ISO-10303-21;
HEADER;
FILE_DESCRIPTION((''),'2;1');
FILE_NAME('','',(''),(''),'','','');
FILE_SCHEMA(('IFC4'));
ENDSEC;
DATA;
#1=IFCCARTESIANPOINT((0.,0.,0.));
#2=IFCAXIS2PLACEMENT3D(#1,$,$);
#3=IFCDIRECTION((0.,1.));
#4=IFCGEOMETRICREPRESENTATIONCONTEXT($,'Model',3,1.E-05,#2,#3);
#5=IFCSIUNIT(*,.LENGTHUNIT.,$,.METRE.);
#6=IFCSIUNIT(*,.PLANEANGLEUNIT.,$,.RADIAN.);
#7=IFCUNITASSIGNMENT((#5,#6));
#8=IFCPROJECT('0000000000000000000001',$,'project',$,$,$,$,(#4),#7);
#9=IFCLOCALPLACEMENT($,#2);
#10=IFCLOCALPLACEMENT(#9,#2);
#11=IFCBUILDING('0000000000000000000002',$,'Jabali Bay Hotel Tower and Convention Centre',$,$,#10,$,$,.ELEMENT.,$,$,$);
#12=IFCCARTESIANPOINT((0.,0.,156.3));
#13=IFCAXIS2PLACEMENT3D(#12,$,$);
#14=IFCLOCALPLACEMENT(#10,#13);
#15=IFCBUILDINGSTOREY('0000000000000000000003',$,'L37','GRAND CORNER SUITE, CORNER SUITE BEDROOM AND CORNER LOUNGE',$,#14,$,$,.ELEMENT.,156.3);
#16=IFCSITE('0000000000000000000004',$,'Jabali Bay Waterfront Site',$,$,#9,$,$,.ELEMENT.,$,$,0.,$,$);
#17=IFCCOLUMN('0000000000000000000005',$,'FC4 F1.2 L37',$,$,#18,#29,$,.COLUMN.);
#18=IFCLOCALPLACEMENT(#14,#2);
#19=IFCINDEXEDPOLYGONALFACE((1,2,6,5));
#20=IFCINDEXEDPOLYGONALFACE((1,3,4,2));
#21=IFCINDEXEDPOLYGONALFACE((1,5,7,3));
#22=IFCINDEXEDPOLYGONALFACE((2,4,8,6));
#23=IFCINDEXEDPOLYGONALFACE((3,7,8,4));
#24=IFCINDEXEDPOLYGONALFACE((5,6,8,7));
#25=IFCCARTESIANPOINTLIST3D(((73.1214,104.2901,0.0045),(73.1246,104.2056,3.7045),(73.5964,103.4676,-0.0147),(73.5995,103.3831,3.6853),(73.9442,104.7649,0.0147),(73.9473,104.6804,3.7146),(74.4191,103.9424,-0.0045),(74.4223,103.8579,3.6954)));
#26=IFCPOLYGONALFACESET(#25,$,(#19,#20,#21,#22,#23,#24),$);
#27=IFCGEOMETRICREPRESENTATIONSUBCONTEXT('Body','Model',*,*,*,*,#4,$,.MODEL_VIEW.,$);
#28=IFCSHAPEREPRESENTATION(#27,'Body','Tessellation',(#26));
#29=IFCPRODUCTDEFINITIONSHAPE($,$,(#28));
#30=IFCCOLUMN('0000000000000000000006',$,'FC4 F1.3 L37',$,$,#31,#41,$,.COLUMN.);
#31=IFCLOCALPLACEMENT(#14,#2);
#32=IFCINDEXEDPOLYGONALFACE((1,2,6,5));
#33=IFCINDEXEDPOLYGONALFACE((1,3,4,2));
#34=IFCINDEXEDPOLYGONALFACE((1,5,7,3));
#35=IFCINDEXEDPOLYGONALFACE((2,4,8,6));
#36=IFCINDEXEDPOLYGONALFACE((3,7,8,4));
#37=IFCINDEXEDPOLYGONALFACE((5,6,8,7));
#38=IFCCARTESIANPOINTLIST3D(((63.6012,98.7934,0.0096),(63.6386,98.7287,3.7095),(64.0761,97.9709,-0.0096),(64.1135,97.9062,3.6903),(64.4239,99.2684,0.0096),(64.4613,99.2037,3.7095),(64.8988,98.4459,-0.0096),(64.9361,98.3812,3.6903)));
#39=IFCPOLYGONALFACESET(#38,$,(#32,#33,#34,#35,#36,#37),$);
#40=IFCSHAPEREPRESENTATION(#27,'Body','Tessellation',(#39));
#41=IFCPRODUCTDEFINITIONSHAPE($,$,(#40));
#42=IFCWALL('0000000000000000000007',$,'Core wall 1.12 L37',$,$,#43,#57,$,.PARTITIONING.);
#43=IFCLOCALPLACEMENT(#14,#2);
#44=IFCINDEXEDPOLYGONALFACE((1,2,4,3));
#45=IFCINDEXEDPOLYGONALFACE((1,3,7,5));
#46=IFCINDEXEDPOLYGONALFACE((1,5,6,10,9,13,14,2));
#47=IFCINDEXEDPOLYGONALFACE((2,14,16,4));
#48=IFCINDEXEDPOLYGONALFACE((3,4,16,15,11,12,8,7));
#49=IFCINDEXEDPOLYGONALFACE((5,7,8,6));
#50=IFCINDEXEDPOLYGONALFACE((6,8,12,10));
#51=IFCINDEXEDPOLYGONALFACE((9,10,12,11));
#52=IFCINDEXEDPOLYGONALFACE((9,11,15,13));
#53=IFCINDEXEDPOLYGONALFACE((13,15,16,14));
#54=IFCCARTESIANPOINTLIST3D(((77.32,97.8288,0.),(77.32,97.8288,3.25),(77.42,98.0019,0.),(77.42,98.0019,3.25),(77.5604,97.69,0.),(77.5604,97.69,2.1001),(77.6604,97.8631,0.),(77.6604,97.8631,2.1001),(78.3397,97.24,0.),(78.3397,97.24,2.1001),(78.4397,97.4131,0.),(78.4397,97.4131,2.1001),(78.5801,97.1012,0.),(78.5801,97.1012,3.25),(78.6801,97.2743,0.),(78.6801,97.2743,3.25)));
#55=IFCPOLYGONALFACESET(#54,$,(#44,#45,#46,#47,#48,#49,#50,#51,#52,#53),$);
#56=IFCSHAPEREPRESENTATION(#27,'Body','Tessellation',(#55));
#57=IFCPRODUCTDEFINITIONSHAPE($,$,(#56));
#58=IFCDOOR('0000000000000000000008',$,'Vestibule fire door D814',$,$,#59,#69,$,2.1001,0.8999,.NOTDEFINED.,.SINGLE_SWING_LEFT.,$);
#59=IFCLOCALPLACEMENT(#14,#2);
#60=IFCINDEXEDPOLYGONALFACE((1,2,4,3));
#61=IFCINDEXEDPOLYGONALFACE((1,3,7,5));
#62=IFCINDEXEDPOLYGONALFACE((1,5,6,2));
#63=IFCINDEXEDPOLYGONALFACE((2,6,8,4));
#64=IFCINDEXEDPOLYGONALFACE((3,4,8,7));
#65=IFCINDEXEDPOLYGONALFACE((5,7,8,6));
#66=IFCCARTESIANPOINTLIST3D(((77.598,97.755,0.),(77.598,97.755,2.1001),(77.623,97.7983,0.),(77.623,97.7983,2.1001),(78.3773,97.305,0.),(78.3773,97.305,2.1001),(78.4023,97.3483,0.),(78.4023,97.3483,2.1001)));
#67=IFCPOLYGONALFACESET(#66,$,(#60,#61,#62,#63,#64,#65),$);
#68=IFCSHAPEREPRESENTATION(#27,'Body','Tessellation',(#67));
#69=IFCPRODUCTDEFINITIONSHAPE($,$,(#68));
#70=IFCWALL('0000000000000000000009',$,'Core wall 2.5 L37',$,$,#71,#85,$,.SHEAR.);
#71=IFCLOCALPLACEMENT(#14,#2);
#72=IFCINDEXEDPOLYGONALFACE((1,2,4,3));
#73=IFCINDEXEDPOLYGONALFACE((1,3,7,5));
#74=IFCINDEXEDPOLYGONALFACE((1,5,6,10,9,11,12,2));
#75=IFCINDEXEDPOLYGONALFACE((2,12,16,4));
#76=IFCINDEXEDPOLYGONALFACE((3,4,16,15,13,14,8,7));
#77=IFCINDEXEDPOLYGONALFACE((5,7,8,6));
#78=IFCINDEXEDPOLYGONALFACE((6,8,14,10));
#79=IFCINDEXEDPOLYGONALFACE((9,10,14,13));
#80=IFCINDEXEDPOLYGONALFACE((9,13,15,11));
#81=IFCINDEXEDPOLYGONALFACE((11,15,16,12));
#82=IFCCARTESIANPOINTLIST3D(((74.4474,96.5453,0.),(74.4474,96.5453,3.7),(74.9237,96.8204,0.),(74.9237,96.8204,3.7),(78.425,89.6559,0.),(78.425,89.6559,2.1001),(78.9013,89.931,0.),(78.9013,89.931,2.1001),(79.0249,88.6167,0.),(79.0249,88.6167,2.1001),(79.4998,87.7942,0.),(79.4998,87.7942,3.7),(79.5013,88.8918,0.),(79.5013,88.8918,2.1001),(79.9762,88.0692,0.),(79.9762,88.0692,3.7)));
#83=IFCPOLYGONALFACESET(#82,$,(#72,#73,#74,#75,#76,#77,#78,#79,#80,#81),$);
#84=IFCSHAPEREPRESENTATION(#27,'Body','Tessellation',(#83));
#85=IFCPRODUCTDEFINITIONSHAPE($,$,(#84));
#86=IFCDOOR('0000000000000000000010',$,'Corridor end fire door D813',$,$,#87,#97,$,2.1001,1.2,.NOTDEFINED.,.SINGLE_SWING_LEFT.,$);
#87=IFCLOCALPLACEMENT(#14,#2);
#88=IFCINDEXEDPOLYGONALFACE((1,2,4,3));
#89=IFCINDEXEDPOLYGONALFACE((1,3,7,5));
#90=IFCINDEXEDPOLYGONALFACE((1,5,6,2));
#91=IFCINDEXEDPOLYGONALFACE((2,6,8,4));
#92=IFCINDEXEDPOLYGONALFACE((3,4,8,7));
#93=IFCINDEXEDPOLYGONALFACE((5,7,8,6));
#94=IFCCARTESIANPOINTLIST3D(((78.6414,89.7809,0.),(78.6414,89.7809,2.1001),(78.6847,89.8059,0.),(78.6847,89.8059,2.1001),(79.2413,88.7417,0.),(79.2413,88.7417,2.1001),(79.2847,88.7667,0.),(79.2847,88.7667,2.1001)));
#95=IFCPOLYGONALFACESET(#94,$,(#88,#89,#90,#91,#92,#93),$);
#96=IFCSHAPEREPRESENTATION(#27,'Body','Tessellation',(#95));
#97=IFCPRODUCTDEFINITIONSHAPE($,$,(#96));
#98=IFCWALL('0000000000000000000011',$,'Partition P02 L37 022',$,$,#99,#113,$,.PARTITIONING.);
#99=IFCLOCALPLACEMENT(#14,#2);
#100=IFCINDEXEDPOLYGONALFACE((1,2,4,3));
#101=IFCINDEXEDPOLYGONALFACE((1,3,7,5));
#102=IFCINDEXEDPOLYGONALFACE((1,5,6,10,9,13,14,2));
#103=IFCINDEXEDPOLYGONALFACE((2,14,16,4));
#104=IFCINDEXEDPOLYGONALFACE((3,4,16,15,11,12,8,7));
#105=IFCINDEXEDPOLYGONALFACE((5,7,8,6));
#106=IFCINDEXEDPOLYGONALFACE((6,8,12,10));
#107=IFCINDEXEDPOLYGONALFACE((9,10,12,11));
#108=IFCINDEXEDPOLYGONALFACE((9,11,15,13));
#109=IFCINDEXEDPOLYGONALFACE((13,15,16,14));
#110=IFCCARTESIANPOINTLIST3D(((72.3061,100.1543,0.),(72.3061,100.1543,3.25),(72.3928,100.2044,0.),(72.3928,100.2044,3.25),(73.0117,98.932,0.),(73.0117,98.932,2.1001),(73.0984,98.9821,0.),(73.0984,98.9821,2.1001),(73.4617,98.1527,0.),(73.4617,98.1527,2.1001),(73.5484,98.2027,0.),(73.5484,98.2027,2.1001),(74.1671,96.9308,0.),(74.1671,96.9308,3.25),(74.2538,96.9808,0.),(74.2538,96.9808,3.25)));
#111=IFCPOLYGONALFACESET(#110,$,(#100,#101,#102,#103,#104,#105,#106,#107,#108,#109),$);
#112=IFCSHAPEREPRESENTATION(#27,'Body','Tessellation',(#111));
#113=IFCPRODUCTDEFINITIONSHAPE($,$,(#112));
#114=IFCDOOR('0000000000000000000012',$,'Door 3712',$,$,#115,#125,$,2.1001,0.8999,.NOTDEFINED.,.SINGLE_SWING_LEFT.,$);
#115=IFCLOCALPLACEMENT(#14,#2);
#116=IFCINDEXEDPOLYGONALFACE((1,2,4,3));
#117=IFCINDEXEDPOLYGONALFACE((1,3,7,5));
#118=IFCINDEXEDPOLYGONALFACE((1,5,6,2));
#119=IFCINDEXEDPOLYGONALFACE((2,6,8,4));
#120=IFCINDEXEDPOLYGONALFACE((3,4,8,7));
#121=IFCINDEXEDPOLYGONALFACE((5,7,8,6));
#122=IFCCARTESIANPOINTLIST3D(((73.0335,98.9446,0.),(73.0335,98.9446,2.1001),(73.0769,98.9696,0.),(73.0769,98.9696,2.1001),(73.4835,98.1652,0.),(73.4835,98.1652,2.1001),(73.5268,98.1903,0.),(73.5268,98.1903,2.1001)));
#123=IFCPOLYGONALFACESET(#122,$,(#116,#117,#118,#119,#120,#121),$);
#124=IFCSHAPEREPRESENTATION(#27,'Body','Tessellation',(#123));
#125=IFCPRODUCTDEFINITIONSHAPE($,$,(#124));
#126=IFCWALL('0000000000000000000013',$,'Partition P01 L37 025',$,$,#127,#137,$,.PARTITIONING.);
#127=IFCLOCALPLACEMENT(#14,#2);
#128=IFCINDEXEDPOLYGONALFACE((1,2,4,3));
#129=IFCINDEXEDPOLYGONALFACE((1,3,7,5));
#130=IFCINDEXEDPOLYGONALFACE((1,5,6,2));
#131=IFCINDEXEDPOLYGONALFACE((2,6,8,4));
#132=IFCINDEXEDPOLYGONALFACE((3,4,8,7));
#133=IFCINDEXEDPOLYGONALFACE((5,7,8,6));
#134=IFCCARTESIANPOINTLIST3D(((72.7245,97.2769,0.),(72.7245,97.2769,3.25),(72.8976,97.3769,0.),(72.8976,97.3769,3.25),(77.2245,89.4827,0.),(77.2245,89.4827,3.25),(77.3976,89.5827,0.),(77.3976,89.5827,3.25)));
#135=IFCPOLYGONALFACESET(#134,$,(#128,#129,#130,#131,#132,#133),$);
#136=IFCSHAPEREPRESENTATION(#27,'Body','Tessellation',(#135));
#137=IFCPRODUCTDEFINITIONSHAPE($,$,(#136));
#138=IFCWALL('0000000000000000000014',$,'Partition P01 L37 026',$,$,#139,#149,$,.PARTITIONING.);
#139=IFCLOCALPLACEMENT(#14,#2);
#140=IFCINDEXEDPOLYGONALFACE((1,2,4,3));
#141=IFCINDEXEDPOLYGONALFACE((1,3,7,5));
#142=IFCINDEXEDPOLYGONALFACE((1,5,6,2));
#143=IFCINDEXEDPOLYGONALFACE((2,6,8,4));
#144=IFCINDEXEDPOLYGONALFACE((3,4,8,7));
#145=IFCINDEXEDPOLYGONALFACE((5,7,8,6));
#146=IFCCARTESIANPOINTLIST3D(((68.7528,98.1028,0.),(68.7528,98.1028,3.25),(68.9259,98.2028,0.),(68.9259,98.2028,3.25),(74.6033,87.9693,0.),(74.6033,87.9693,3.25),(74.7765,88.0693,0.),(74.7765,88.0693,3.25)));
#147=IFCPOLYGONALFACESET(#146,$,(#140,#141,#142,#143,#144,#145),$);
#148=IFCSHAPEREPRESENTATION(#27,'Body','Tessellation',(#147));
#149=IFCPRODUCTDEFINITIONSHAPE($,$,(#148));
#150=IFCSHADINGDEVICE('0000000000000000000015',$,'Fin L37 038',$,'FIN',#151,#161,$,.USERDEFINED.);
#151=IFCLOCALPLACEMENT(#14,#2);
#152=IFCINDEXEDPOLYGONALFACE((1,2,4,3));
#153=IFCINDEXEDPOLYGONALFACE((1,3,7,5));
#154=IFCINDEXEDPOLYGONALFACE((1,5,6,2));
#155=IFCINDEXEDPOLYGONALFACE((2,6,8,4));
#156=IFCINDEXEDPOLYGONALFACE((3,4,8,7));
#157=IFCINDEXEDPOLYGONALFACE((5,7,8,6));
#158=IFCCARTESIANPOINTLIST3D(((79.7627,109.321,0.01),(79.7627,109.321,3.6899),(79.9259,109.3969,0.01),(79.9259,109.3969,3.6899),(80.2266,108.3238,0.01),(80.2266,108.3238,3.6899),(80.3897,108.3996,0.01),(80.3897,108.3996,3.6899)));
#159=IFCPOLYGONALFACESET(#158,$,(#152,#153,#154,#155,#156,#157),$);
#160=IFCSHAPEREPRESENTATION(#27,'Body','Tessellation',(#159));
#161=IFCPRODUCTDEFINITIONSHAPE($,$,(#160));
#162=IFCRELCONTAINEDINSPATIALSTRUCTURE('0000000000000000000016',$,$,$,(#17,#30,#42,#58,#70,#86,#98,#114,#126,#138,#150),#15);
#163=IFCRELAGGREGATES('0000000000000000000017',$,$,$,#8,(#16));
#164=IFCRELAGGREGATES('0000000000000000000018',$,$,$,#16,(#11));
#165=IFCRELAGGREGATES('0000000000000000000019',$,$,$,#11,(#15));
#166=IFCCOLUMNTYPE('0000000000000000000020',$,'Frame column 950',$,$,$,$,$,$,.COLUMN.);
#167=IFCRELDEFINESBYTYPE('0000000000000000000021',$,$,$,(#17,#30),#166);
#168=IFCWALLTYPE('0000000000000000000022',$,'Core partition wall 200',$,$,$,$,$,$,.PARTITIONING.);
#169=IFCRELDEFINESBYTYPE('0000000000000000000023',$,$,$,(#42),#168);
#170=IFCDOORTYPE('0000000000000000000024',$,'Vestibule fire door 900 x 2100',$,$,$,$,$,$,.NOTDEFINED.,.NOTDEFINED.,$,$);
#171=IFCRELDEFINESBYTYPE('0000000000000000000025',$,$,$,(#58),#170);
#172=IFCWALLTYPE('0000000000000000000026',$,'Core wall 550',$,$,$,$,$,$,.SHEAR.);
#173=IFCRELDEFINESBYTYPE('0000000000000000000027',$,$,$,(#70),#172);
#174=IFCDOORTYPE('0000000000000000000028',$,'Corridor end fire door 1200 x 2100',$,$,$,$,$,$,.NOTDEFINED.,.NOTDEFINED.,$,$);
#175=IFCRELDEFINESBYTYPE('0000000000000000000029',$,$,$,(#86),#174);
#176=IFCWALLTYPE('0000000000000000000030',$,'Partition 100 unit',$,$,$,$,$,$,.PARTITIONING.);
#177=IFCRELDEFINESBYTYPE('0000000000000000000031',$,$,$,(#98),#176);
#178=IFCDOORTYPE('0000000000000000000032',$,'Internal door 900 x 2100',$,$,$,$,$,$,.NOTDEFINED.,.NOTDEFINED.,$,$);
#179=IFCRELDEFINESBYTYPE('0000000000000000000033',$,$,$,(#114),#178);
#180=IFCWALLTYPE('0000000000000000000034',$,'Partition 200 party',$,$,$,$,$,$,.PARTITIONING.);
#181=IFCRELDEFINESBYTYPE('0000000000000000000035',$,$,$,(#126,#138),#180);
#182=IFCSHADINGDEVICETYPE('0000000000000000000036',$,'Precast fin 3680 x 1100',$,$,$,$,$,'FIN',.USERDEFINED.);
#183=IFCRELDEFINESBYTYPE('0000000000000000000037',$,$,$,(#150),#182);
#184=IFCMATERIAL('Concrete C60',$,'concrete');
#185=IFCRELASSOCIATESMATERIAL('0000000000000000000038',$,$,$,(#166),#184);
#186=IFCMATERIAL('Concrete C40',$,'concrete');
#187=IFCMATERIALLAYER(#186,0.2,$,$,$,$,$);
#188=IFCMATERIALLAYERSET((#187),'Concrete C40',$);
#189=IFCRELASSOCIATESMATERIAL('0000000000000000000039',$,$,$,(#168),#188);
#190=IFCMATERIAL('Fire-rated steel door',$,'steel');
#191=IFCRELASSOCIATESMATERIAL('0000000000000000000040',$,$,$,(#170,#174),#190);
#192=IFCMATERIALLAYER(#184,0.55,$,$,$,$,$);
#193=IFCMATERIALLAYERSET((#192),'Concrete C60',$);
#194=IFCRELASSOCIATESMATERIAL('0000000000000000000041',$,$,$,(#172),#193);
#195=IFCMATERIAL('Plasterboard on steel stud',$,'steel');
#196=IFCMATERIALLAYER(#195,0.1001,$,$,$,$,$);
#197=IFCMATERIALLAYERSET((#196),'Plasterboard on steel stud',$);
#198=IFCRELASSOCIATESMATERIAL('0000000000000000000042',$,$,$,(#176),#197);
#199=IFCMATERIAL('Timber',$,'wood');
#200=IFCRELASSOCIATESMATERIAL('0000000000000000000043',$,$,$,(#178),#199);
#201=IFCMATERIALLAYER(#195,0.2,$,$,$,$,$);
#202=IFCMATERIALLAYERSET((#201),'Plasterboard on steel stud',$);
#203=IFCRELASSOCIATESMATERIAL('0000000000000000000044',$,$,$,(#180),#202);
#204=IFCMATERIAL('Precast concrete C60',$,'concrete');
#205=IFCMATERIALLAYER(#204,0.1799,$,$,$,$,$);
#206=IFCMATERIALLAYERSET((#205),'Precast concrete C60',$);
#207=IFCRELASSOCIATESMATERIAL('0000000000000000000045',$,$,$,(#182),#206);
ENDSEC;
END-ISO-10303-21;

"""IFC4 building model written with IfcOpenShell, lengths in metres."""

from ifc_helpers import new_model, si_unit, direction, frame, frame_2d, origin, origin_2d, place, context, subcontext, project, spatial, rectangle, extrude, material, layer, layer_set, material_profile, profile_set, type_object, element, fill, save


model = new_model("IFC4")

# Units and contexts
model_context = context("Model", 3, precision=1e-05, world=origin(), true_north=direction((0.0, 1.0)))
body_context = subcontext(model_context, "Body", "Model", "MODEL_VIEW")
ifc_project = project(units=[si_unit("LENGTHUNIT", "METRE"), si_unit("PLANEANGLEUNIT", "RADIAN")], contexts=[model_context])

# Site, building, storey
site_placement = place(None, origin())
site = spatial("IfcSite", under=ifc_project, at=site_placement, Name="Jabali Bay Waterfront Site", CompositionType="ELEMENT", RefElevation=0.0)
building_placement = place(site_placement, origin())
building = spatial("IfcBuilding", under=site, at=building_placement, Name="Jabali Bay Hotel Tower and Convention Centre", CompositionType="ELEMENT")
storey_placement = place(building_placement, frame((0.0, 0.0, 156.3)))
storey = spatial("IfcBuildingStorey", under=building, at=storey_placement, Name="L37", Description="GRAND CORNER SUITE, CORNER SUITE BEDROOM AND CORNER LOUNGE", CompositionType="ELEMENT", Elevation=156.3)

# Columns
ifc_material_1 = material(Name="Concrete C60", Category="concrete")
ifc_material_profile = material_profile(ifc_material_1, rectangle(XDim=0.95, YDim=0.95, at=origin_2d()), Name="Frame column 950")
ifc_profile_set = profile_set([ifc_material_profile], Name="Concrete C60")
column_type = type_object("IfcColumnType", Name="Frame column 950", PredefinedType="COLUMN", material=ifc_profile_set)
column_1_placement = place(storey_placement, frame((73.7703, 104.1162, 0.0), z_axis=(0.000858, -0.022825, 0.999739), x_axis=(0.86606, 0.499826, 0.010668)))
element("IfcColumn", 1, at=column_1_placement, inside=storey, type_object=column_type, Name="FC4 F1.2 L37", PredefinedType="COLUMN", context=body_context, shape_type="SweptSolid", body=[
    extrude(rectangle(XDim=0.95, YDim=0.95, at=origin_2d()), origin(), (0.0, 0.0, 1.0), 3.7009),
])
column_2_placement = place(storey_placement, frame((64.25, 98.6196, 0.0), z_axis=(0.010094, -0.017482, 0.999796), x_axis=(-0.499897, 0.86585, 0.020187)))
element("IfcColumn", 2, at=column_2_placement, inside=storey, type_object=column_type, Name="FC4 F1.3 L37", PredefinedType="COLUMN", context=body_context, shape_type="SweptSolid", body=[
    extrude(rectangle(XDim=0.95, YDim=0.95, at=origin_2d()), origin(), (0.0, 0.0, 1.0), 3.7007),
])

# Walls, openings, doors
ifc_material_2 = material(Name="Concrete C40", Category="concrete")
ifc_layer_1 = layer(ifc_material_2, 0.2)
ifc_layer_set_1 = layer_set([ifc_layer_1], Name="Concrete C40")
wall_type_1 = type_object("IfcWallType", Name="Core partition wall 200", PredefinedType="PARTITIONING", material=ifc_layer_set_1)
wall_1_placement = place(storey_placement, frame((78.6301, 97.1877, 0.0), z_axis=(0.0, 0.0, 1.0), x_axis=(-0.866004, 0.500037, 0.0)))
wall_1 = element("IfcWall", 3, at=wall_1_placement, inside=storey, type_object=wall_type_1, Name="Core wall 1.12 L37", PredefinedType="PARTITIONING", context=body_context, shape_type="SweptSolid", body=[
    extrude(rectangle(XDim=1.4551, YDim=0.2, at=frame_2d((0.7275, 0.0))), origin(), (0.0, 0.0, 1.0), 3.25),
])
opening_1_placement = place(wall_1_placement, frame((0.2776, 0.0, 0.0)))
opening_1 = element("IfcOpeningElement", 4, at=opening_1_placement, cuts=wall_1, PredefinedType="OPENING", context=body_context, shape_type="SweptSolid", body=[
    extrude(rectangle(XDim=0.8999, YDim=2.1001, at=frame_2d((0.45, 1.05))), frame((0.0, 0.1104, 0.0), z_axis=(0.0, -1.0, 0.0), x_axis=(1.0, 0.0, 0.0)), (0.0, 0.0, 1.0), 0.2209),
])
ifc_material_3 = material(Name="Fire-rated steel door", Category="steel")
door_type_1 = type_object("IfcDoorType", Name="Vestibule fire door 900 x 2100", OperationType="NOTDEFINED", PredefinedType="NOTDEFINED", material=ifc_material_3)
door_1_placement = place(opening_1_placement, origin())
door_1 = element("IfcDoor", 5, at=door_1_placement, inside=storey, type_object=door_type_1, Name="Vestibule fire door D814", OperationType="SINGLE_SWING_LEFT", OverallHeight=2.1001, OverallWidth=0.8999, PredefinedType="NOTDEFINED", context=body_context, shape_type="SweptSolid", body=[
    extrude(rectangle(XDim=0.8999, YDim=2.1001, at=frame_2d((0.45, 1.05))), frame((0.0, 0.0249, 0.0), z_axis=(0.0, -1.0, 0.0), x_axis=(1.0, 0.0, 0.0)), (0.0, 0.0, 1.0), 0.05),
])
fill(opening_1, door_1)
ifc_layer_2 = layer(ifc_material_1, 0.55)
ifc_layer_set_2 = layer_set([ifc_layer_2], Name="Concrete C60")
wall_type_2 = type_object("IfcWallType", Name="Core wall 550", PredefinedType="SHEAR", material=ifc_layer_set_2)
wall_2_placement = place(storey_placement, frame((74.6855, 96.6829, 0.0), z_axis=(0.0, 0.0, 1.0), x_axis=(0.499998, -0.866027, 0.0)))
wall_2 = element("IfcWall", 6, at=wall_2_placement, inside=storey, type_object=wall_type_2, Name="Core wall 2.5 L37", PredefinedType="SHEAR", context=body_context, shape_type="SweptSolid", body=[
    extrude(rectangle(XDim=10.105, YDim=0.55, at=frame_2d((5.0525, 0.0))), origin(), (0.0, 0.0, 1.0), 3.7),
])
opening_2_placement = place(wall_2_placement, frame((7.9551, 0.0, 0.0)))
opening_2 = element("IfcOpeningElement", 7, at=opening_2_placement, cuts=wall_2, PredefinedType="OPENING", context=body_context, shape_type="SweptSolid", body=[
    extrude(rectangle(XDim=1.2, YDim=2.1001, at=frame_2d((0.6001, 1.05))), frame((0.0, 0.2856, 0.0), z_axis=(0.0, -1.0, 0.0), x_axis=(1.0, 0.0, 0.0)), (0.0, 0.0, 1.0), 0.571),
])
door_type_2 = type_object("IfcDoorType", Name="Corridor end fire door 1200 x 2100", OperationType="NOTDEFINED", PredefinedType="NOTDEFINED", material=ifc_material_3)
door_2_placement = place(opening_2_placement, origin())
door_2 = element("IfcDoor", 8, at=door_2_placement, inside=storey, type_object=door_type_2, Name="Corridor end fire door D813", OperationType="SINGLE_SWING_LEFT", OverallHeight=2.1001, OverallWidth=1.2, PredefinedType="NOTDEFINED", context=body_context, shape_type="SweptSolid", body=[
    extrude(rectangle(XDim=1.2, YDim=2.1001, at=frame_2d((0.6001, 1.05))), frame((0.0, 0.0249, 0.0), z_axis=(0.0, -1.0, 0.0), x_axis=(1.0, 0.0, 0.0)), (0.0, 0.0, 1.0), 0.05),
])
fill(opening_2, door_2)
ifc_material_4 = material(Name="Plasterboard on steel stud", Category="steel")
ifc_layer_3 = layer(ifc_material_4, 0.1001)
ifc_layer_set_3 = layer_set([ifc_layer_3], Name="Plasterboard on steel stud")
wall_type_3 = type_object("IfcWallType", Name="Partition 100 unit", PredefinedType="PARTITIONING", material=ifc_layer_set_3)
wall_3_placement = place(storey_placement, frame((74.2104, 96.9558, 0.0), z_axis=(0.0, 0.0, 1.0), x_axis=(-0.499984, 0.866035, 0.0)))
wall_3 = element("IfcWall", 9, at=wall_3_placement, inside=storey, type_object=wall_type_3, Name="Partition P02 L37 022", PredefinedType="PARTITIONING", context=body_context, shape_type="SweptSolid", body=[
    extrude(rectangle(XDim=3.7222, YDim=0.1001, at=frame_2d((1.8611, 0.0))), origin(), (0.0, 0.0, 1.0), 3.25),
])
opening_3_placement = place(wall_3_placement, frame((1.4109, 0.0, 0.0)))
opening_3 = element("IfcOpeningElement", 10, at=opening_3_placement, cuts=wall_3, PredefinedType="OPENING", context=body_context, shape_type="SweptSolid", body=[
    extrude(rectangle(XDim=0.8999, YDim=2.1001, at=frame_2d((0.45, 1.05))), frame((0.0, 0.0605, 0.0), z_axis=(0.0, -1.0, 0.0), x_axis=(1.0, 0.0, 0.0)), (0.0, 0.0, 1.0), 0.1211),
])
ifc_material_5 = material(Name="Timber", Category="wood")
door_type_3 = type_object("IfcDoorType", Name="Internal door 900 x 2100", OperationType="NOTDEFINED", PredefinedType="NOTDEFINED", material=ifc_material_5)
door_3_placement = place(opening_3_placement, origin())
door_3 = element("IfcDoor", 11, at=door_3_placement, inside=storey, type_object=door_type_3, Name="Door 3712", OperationType="SINGLE_SWING_LEFT", OverallHeight=2.1001, OverallWidth=0.8999, PredefinedType="NOTDEFINED", context=body_context, shape_type="SweptSolid", body=[
    extrude(rectangle(XDim=0.8999, YDim=2.1001, at=frame_2d((0.45, 1.05))), frame((0.0, 0.0249, 0.0), z_axis=(0.0, -1.0, 0.0), x_axis=(1.0, 0.0, 0.0)), (0.0, 0.0, 1.0), 0.05),
])
fill(opening_3, door_3)

# Walls
ifc_layer_4 = layer(ifc_material_4, 0.2)
ifc_layer_set_4 = layer_set([ifc_layer_4], Name="Plasterboard on steel stud")
wall_type_4 = type_object("IfcWallType", Name="Partition 200 party", PredefinedType="PARTITIONING", material=ifc_layer_set_4)
wall_4_placement = place(storey_placement, frame((72.811, 97.3269, 0.0), z_axis=(0.0, 0.0, 1.0), x_axis=(0.500002, -0.866024, 0.0)))
element("IfcWall", 12, at=wall_4_placement, inside=storey, type_object=wall_type_4, Name="Partition P01 L37 025", PredefinedType="PARTITIONING", context=body_context, shape_type="SweptSolid", body=[
    extrude(rectangle(XDim=9.0, YDim=0.2, at=frame_2d((4.5, 0.0))), origin(), (0.0, 0.0, 1.0), 3.25),
])
wall_5_placement = place(storey_placement, frame((68.8394, 98.1528, 0.0), z_axis=(0.0, 0.0, 1.0), x_axis=(0.499999, -0.866026, 0.0)))
element("IfcWall", 13, at=wall_5_placement, inside=storey, type_object=wall_type_4, Name="Partition P01 L37 026", PredefinedType="PARTITIONING", context=body_context, shape_type="SweptSolid", body=[
    extrude(rectangle(XDim=11.7012, YDim=0.2, at=frame_2d((5.8506, 0.0))), origin(), (0.0, 0.0, 1.0), 3.25),
])

# Shading device
ifc_material_6 = material(Name="Precast concrete C60", Category="concrete")
ifc_layer_5 = layer(ifc_material_6, 0.1799)
ifc_layer_set_5 = layer_set([ifc_layer_5], Name="Precast concrete C60")
shading_device_type = type_object("IfcShadingDeviceType", Name="Precast fin 3680 x 1100", ElementType="FIN", PredefinedType="USERDEFINED", material=ifc_layer_set_5)
shading_device_placement = place(storey_placement, frame((80.3081, 108.3618, 0.01), z_axis=(0.0, 0.0, 1.0), x_axis=(-0.421731, 0.906721, 0.0)))
element("IfcShadingDevice", 14, at=shading_device_placement, inside=storey, type_object=shading_device_type, Name="Fin L37 038", ObjectType="FIN", PredefinedType="USERDEFINED", context=body_context, shape_type="SweptSolid", body=[
    extrude(rectangle(XDim=1.0999, YDim=0.1799, at=frame_2d((0.5498, 0.0))), origin(), (0.0, 0.0, 1.0), 3.6799),
])

save(model, "model.ifc")
